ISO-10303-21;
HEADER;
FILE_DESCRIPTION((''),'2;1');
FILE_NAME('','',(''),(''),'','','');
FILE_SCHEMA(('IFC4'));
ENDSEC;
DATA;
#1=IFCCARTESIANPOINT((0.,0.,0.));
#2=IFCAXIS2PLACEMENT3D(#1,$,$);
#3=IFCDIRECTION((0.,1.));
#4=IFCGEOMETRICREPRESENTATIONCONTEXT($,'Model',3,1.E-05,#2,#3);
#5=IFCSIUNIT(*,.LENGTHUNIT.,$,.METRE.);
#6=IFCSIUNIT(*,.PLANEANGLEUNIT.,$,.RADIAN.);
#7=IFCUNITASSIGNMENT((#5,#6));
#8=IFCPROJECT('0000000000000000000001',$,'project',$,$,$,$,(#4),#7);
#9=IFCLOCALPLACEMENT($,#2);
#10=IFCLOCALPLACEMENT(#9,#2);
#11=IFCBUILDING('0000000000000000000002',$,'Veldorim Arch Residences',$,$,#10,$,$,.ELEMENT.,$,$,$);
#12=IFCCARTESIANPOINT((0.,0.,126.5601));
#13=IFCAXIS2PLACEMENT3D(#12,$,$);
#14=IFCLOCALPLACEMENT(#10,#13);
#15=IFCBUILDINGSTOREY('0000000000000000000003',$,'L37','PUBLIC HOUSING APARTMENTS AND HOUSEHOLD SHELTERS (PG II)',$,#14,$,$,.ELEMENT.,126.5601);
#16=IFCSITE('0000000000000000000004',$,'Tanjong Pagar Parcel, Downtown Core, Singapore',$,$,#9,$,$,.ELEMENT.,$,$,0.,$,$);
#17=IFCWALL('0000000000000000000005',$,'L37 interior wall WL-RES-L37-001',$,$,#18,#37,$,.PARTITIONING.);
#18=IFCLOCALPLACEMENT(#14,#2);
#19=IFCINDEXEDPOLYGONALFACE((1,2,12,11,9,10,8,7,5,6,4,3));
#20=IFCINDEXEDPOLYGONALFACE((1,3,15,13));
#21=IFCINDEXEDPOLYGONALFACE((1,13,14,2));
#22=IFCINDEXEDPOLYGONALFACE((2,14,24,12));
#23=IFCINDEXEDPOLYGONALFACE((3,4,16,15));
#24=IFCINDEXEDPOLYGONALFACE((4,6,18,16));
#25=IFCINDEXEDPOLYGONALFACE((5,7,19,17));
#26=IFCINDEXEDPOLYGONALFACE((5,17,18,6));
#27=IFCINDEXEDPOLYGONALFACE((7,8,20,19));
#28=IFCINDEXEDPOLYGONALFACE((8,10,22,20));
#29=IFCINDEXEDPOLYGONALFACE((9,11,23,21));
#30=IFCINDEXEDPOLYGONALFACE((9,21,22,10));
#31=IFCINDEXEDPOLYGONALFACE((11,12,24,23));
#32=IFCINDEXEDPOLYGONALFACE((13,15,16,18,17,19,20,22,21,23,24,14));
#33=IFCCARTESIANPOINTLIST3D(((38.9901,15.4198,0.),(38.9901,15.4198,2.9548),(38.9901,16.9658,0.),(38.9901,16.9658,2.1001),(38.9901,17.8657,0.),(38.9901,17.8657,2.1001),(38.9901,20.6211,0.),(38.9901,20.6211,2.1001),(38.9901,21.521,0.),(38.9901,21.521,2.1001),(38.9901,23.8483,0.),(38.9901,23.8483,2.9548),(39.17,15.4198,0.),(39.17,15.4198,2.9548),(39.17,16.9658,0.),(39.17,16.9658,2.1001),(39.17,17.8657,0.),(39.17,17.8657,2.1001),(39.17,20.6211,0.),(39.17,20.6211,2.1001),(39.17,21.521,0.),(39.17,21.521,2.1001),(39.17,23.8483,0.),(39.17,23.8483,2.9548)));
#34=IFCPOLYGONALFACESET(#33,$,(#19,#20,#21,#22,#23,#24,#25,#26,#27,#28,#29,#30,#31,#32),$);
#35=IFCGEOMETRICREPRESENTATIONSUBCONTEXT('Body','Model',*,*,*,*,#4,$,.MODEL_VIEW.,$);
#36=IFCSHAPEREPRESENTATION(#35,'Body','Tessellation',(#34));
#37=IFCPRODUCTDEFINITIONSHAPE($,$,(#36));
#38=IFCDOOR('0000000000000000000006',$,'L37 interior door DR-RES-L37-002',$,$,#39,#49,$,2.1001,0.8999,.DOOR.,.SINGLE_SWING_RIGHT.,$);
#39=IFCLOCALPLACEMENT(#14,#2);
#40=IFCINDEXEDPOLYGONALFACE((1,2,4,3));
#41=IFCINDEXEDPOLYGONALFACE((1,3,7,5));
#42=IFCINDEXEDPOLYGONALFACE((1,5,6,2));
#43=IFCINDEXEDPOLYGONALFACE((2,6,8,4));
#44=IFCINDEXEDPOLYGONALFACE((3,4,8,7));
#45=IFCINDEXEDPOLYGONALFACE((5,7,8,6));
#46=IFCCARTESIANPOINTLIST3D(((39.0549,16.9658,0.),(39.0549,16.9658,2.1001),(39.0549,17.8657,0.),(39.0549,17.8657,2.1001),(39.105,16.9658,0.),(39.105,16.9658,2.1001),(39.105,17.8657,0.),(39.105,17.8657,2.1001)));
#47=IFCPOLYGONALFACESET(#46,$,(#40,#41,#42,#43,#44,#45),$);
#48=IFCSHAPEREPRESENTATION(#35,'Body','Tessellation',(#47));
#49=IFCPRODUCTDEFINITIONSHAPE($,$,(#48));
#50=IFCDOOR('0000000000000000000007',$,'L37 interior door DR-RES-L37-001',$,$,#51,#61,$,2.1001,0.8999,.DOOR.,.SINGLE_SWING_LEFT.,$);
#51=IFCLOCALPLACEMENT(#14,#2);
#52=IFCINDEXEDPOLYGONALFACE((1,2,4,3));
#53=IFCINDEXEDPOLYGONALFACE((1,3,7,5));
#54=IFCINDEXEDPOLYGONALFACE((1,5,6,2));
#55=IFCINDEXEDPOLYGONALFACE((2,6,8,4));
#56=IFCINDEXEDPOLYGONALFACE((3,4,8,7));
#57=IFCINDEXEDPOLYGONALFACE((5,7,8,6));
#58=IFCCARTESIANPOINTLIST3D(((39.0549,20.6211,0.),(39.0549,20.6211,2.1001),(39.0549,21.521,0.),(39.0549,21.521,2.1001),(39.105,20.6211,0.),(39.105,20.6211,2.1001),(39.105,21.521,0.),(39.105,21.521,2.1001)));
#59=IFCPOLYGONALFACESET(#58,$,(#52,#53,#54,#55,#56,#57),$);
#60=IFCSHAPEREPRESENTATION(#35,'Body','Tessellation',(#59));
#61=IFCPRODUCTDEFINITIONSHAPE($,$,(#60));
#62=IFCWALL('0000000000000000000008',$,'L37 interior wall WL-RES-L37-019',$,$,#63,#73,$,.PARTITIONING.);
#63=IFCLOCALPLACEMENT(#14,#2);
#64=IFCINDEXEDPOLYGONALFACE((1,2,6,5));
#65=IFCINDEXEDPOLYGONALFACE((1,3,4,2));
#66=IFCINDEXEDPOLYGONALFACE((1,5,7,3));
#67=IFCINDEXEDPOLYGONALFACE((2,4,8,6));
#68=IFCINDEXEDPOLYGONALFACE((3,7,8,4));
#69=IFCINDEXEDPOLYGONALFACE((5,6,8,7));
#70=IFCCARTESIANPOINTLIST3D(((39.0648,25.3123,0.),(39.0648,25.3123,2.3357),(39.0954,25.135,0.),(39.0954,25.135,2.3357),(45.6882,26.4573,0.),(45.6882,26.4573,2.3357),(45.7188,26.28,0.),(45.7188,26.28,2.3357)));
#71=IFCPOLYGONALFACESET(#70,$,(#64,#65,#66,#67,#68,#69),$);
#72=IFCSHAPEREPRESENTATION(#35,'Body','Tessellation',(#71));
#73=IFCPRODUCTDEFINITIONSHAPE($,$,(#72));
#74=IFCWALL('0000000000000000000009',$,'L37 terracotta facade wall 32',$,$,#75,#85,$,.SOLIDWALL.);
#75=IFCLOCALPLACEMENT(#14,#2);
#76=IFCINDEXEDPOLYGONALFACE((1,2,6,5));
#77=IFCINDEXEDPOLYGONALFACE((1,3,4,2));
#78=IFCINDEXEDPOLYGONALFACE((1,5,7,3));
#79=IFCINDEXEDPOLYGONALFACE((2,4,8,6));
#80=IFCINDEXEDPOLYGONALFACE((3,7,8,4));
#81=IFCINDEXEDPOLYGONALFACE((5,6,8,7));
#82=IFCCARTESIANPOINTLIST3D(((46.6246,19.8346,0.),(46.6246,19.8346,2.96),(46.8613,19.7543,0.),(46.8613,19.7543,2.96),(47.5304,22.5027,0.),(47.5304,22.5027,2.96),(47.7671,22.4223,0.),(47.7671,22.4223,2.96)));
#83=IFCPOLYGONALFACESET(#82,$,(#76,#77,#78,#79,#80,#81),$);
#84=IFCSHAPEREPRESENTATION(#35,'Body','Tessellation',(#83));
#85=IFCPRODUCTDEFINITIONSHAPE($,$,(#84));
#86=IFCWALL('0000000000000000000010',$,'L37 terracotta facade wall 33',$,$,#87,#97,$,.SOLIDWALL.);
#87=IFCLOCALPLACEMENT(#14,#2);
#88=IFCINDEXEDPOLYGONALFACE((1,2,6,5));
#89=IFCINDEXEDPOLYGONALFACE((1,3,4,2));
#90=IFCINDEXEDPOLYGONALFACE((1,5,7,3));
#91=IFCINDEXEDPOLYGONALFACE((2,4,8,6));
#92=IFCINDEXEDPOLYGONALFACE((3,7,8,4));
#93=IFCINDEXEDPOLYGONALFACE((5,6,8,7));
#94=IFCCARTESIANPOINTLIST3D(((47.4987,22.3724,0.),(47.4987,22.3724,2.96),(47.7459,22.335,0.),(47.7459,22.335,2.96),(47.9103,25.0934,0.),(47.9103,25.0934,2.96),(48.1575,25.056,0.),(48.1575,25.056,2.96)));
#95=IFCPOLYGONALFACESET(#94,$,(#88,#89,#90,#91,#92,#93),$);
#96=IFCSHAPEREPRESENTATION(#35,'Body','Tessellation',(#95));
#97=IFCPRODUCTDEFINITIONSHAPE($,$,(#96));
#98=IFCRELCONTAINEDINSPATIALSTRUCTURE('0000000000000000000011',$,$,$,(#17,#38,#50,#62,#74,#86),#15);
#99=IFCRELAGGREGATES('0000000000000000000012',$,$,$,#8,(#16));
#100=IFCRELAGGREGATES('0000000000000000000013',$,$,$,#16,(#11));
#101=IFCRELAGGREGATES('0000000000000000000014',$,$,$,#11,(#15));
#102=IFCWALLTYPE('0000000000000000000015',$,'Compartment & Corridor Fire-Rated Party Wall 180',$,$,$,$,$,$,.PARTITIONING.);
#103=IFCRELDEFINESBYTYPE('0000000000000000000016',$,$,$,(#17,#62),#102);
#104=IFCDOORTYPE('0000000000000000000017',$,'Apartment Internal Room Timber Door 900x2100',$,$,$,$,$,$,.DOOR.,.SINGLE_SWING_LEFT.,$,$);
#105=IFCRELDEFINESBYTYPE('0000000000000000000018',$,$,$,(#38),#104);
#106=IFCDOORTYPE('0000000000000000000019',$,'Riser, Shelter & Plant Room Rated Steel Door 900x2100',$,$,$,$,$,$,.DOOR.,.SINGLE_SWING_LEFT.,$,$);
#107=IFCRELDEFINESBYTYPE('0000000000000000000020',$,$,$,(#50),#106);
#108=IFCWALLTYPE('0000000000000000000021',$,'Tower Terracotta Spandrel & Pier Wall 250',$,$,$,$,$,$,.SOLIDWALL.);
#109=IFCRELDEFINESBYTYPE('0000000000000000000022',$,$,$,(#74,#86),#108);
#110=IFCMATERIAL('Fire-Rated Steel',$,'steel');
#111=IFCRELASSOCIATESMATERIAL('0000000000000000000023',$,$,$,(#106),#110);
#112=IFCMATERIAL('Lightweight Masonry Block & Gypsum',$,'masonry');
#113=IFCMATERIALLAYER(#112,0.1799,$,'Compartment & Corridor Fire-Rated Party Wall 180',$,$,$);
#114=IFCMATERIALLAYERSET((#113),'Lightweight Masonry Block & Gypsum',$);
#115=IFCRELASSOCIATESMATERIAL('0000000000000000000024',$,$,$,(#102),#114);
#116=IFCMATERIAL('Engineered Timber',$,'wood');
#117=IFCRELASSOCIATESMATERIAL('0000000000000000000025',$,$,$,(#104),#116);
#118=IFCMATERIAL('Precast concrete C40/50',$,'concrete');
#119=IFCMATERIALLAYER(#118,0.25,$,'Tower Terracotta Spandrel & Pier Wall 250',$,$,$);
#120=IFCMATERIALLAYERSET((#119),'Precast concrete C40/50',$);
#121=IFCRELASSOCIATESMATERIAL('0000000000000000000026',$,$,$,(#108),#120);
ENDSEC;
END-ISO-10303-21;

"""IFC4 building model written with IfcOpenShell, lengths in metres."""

from ifc_helpers import new_model, si_unit, direction, frame, frame_2d, origin, place, context, subcontext, project, spatial, rectangle, extrude, material, layer, layer_set, type_object, element, fill, save


model = new_model("IFC4")

# Units and contexts
model_context = context("Model", 3, precision=1e-05, world=origin(), true_north=direction((0.0, 1.0)))
body_context = subcontext(model_context, "Body", "Model", "MODEL_VIEW")
ifc_project = project(units=[si_unit("LENGTHUNIT", "METRE"), si_unit("PLANEANGLEUNIT", "RADIAN")], contexts=[model_context])

# Site, building, storey
site_placement = place(None, origin())
site = spatial("IfcSite", under=ifc_project, at=site_placement, Name="Tanjong Pagar Parcel, Downtown Core, Singapore", CompositionType="ELEMENT", RefElevation=0.0)
building_placement = place(site_placement, origin())
building = spatial("IfcBuilding", under=site, at=building_placement, Name="Veldorim Arch Residences", CompositionType="ELEMENT")
storey_placement = place(building_placement, frame((0.0, 0.0, 126.5601)))
storey = spatial("IfcBuildingStorey", under=building, at=storey_placement, Name="L37", Description="PUBLIC HOUSING APARTMENTS AND HOUSEHOLD SHELTERS (PG II)", CompositionType="ELEMENT", Elevation=126.5601)

# Shared definitions
ifc_material_1 = material(Name="Fire-Rated Steel", Category="steel")
door_type_1 = type_object("IfcDoorType", Name="Riser, Shelter & Plant Room Rated Steel Door 900x2100", OperationType="SINGLE_SWING_LEFT", PredefinedType="DOOR", material=ifc_material_1)

# Shared definitions
ifc_material_2 = material(Name="Lightweight Masonry Block & Gypsum", Category="masonry")
ifc_layer_1 = layer(ifc_material_2, 0.1799, Name="Compartment & Corridor Fire-Rated Party Wall 180")
ifc_layer_set_1 = layer_set([ifc_layer_1], Name="Lightweight Masonry Block & Gypsum")
wall_type_1 = type_object("IfcWallType", Name="Compartment & Corridor Fire-Rated Party Wall 180", PredefinedType="PARTITIONING", material=ifc_layer_set_1)

# Wall, openings, doors
wall_1_placement = place(storey_placement, frame((39.0801, 23.8484, 0.0), z_axis=(0.0, 0.0, 1.0), x_axis=(0.0, -1.0, 0.0)))
wall_1 = element("IfcWall", 1, at=wall_1_placement, inside=storey, type_object=wall_type_1, Name="L37 interior wall WL-RES-L37-001", PredefinedType="PARTITIONING", context=body_context, shape_type="SweptSolid", body=[
    extrude(rectangle(XDim=8.4285, YDim=0.1799, at=frame_2d((4.2144, 0.0))), origin(), (0.0, 0.0, 1.0), 2.9548),
])
opening_1_placement = place(wall_1_placement, frame((2.3274, 0.0, 0.0)))
opening_1 = element("IfcOpeningElement", 2, at=opening_1_placement, cuts=wall_1, PredefinedType="OPENING", context=body_context, shape_type="SweptSolid", body=[
    extrude(rectangle(XDim=0.8999, YDim=2.1001, at=frame_2d((0.45, 1.05))), frame((0.0, 0.0999, 0.0), z_axis=(0.0, -1.0, 0.0), x_axis=(1.0, 0.0, 0.0)), (0.0, 0.0, 1.0), 0.2),
])
opening_2_placement = place(wall_1_placement, frame((5.9827, 0.0, 0.0)))
opening_2 = element("IfcOpeningElement", 3, at=opening_2_placement, cuts=wall_1, PredefinedType="OPENING", context=body_context, shape_type="SweptSolid", body=[
    extrude(rectangle(XDim=0.8999, YDim=2.1001, at=frame_2d((0.45, 1.05))), frame((0.0, 0.0999, 0.0), z_axis=(0.0, -1.0, 0.0), x_axis=(1.0, 0.0, 0.0)), (0.0, 0.0, 1.0), 0.2),
])
ifc_material_3 = material(Name="Engineered Timber", Category="wood")
door_type_2 = type_object("IfcDoorType", Name="Apartment Internal Room Timber Door 900x2100", OperationType="SINGLE_SWING_LEFT", PredefinedType="DOOR", material=ifc_material_3)
door_1_placement = place(opening_2_placement, origin())
door_1 = element("IfcDoor", 4, at=door_1_placement, inside=storey, type_object=door_type_2, Name="L37 interior door DR-RES-L37-002", OperationType="SINGLE_SWING_RIGHT", OverallHeight=2.1001, OverallWidth=0.8999, PredefinedType="DOOR", context=body_context, shape_type="SweptSolid", body=[
    extrude(rectangle(XDim=0.8999, YDim=2.1001, at=frame_2d((0.45, 1.05))), frame((0.0, 0.0249, 0.0), z_axis=(0.0, -1.0, 0.0), x_axis=(1.0, 0.0, 0.0)), (0.0, 0.0, 1.0), 0.05),
])
fill(opening_2, door_1)
door_2_placement = place(opening_1_placement, origin())
door_2 = element("IfcDoor", 5, at=door_2_placement, inside=storey, type_object=door_type_1, Name="L37 interior door DR-RES-L37-001", OperationType="SINGLE_SWING_LEFT", OverallHeight=2.1001, OverallWidth=0.8999, PredefinedType="DOOR", context=body_context, shape_type="SweptSolid", body=[
    extrude(rectangle(XDim=0.8999, YDim=2.1001, at=frame_2d((0.45, 1.05))), frame((0.0, 0.0249, 0.0), z_axis=(0.0, -1.0, 0.0), x_axis=(1.0, 0.0, 0.0)), (0.0, 0.0, 1.0), 0.05),
])
fill(opening_1, door_2)

# Walls
wall_2_placement = place(storey_placement, frame((39.0801, 25.2236, 0.0), z_axis=(0.0, 0.0, 1.0), x_axis=(0.985385, 0.170345, 0.0)))
element("IfcWall", 6, at=wall_2_placement, inside=storey, type_object=wall_type_1, Name="L37 interior wall WL-RES-L37-019", PredefinedType="PARTITIONING", context=body_context, shape_type="SweptSolid", body=[
    extrude(rectangle(XDim=6.7217, YDim=0.1799, at=frame_2d((3.3608, 0.0))), origin(), (0.0, 0.0, 1.0), 2.3357),
])
ifc_material_4 = material(Name="Precast concrete C40/50", Category="concrete")
ifc_layer_2 = layer(ifc_material_4, 0.25, Name="Tower Terracotta Spandrel & Pier Wall 250")
ifc_layer_set_2 = layer_set([ifc_layer_2], Name="Precast concrete C40/50")
wall_type_2 = type_object("IfcWallType", Name="Tower Terracotta Spandrel & Pier Wall 250", PredefinedType="SOLIDWALL", material=ifc_layer_set_2)
wall_3_placement = place(storey_placement, frame((47.6487, 22.4624, 0.0), z_axis=(0.0, 0.0, 1.0), x_axis=(-0.321474, -0.946918, 0.0)))
element("IfcWall", 7, at=wall_3_placement, inside=storey, type_object=wall_type_2, Name="L37 terracotta facade wall 32", PredefinedType="SOLIDWALL", context=body_context, shape_type="SweptSolid", body=[
    extrude(rectangle(XDim=2.8176, YDim=0.25, at=frame_2d((1.4087, 0.0))), origin(), (0.0, 0.0, 1.0), 2.96),
])
wall_4_placement = place(storey_placement, frame((48.0339, 25.0747, 0.0), z_axis=(0.0, 0.0, 1.0), x_axis=(-0.149577, -0.98875, 0.0)))
element("IfcWall", 8, at=wall_4_placement, inside=storey, type_object=wall_type_2, Name="L37 terracotta facade wall 33", PredefinedType="SOLIDWALL", context=body_context, shape_type="SweptSolid", body=[
    extrude(rectangle(XDim=2.752, YDim=0.25, at=frame_2d((1.376, 0.0))), origin(), (0.0, 0.0, 1.0), 2.96),
])

save(model, "model.ifc")
